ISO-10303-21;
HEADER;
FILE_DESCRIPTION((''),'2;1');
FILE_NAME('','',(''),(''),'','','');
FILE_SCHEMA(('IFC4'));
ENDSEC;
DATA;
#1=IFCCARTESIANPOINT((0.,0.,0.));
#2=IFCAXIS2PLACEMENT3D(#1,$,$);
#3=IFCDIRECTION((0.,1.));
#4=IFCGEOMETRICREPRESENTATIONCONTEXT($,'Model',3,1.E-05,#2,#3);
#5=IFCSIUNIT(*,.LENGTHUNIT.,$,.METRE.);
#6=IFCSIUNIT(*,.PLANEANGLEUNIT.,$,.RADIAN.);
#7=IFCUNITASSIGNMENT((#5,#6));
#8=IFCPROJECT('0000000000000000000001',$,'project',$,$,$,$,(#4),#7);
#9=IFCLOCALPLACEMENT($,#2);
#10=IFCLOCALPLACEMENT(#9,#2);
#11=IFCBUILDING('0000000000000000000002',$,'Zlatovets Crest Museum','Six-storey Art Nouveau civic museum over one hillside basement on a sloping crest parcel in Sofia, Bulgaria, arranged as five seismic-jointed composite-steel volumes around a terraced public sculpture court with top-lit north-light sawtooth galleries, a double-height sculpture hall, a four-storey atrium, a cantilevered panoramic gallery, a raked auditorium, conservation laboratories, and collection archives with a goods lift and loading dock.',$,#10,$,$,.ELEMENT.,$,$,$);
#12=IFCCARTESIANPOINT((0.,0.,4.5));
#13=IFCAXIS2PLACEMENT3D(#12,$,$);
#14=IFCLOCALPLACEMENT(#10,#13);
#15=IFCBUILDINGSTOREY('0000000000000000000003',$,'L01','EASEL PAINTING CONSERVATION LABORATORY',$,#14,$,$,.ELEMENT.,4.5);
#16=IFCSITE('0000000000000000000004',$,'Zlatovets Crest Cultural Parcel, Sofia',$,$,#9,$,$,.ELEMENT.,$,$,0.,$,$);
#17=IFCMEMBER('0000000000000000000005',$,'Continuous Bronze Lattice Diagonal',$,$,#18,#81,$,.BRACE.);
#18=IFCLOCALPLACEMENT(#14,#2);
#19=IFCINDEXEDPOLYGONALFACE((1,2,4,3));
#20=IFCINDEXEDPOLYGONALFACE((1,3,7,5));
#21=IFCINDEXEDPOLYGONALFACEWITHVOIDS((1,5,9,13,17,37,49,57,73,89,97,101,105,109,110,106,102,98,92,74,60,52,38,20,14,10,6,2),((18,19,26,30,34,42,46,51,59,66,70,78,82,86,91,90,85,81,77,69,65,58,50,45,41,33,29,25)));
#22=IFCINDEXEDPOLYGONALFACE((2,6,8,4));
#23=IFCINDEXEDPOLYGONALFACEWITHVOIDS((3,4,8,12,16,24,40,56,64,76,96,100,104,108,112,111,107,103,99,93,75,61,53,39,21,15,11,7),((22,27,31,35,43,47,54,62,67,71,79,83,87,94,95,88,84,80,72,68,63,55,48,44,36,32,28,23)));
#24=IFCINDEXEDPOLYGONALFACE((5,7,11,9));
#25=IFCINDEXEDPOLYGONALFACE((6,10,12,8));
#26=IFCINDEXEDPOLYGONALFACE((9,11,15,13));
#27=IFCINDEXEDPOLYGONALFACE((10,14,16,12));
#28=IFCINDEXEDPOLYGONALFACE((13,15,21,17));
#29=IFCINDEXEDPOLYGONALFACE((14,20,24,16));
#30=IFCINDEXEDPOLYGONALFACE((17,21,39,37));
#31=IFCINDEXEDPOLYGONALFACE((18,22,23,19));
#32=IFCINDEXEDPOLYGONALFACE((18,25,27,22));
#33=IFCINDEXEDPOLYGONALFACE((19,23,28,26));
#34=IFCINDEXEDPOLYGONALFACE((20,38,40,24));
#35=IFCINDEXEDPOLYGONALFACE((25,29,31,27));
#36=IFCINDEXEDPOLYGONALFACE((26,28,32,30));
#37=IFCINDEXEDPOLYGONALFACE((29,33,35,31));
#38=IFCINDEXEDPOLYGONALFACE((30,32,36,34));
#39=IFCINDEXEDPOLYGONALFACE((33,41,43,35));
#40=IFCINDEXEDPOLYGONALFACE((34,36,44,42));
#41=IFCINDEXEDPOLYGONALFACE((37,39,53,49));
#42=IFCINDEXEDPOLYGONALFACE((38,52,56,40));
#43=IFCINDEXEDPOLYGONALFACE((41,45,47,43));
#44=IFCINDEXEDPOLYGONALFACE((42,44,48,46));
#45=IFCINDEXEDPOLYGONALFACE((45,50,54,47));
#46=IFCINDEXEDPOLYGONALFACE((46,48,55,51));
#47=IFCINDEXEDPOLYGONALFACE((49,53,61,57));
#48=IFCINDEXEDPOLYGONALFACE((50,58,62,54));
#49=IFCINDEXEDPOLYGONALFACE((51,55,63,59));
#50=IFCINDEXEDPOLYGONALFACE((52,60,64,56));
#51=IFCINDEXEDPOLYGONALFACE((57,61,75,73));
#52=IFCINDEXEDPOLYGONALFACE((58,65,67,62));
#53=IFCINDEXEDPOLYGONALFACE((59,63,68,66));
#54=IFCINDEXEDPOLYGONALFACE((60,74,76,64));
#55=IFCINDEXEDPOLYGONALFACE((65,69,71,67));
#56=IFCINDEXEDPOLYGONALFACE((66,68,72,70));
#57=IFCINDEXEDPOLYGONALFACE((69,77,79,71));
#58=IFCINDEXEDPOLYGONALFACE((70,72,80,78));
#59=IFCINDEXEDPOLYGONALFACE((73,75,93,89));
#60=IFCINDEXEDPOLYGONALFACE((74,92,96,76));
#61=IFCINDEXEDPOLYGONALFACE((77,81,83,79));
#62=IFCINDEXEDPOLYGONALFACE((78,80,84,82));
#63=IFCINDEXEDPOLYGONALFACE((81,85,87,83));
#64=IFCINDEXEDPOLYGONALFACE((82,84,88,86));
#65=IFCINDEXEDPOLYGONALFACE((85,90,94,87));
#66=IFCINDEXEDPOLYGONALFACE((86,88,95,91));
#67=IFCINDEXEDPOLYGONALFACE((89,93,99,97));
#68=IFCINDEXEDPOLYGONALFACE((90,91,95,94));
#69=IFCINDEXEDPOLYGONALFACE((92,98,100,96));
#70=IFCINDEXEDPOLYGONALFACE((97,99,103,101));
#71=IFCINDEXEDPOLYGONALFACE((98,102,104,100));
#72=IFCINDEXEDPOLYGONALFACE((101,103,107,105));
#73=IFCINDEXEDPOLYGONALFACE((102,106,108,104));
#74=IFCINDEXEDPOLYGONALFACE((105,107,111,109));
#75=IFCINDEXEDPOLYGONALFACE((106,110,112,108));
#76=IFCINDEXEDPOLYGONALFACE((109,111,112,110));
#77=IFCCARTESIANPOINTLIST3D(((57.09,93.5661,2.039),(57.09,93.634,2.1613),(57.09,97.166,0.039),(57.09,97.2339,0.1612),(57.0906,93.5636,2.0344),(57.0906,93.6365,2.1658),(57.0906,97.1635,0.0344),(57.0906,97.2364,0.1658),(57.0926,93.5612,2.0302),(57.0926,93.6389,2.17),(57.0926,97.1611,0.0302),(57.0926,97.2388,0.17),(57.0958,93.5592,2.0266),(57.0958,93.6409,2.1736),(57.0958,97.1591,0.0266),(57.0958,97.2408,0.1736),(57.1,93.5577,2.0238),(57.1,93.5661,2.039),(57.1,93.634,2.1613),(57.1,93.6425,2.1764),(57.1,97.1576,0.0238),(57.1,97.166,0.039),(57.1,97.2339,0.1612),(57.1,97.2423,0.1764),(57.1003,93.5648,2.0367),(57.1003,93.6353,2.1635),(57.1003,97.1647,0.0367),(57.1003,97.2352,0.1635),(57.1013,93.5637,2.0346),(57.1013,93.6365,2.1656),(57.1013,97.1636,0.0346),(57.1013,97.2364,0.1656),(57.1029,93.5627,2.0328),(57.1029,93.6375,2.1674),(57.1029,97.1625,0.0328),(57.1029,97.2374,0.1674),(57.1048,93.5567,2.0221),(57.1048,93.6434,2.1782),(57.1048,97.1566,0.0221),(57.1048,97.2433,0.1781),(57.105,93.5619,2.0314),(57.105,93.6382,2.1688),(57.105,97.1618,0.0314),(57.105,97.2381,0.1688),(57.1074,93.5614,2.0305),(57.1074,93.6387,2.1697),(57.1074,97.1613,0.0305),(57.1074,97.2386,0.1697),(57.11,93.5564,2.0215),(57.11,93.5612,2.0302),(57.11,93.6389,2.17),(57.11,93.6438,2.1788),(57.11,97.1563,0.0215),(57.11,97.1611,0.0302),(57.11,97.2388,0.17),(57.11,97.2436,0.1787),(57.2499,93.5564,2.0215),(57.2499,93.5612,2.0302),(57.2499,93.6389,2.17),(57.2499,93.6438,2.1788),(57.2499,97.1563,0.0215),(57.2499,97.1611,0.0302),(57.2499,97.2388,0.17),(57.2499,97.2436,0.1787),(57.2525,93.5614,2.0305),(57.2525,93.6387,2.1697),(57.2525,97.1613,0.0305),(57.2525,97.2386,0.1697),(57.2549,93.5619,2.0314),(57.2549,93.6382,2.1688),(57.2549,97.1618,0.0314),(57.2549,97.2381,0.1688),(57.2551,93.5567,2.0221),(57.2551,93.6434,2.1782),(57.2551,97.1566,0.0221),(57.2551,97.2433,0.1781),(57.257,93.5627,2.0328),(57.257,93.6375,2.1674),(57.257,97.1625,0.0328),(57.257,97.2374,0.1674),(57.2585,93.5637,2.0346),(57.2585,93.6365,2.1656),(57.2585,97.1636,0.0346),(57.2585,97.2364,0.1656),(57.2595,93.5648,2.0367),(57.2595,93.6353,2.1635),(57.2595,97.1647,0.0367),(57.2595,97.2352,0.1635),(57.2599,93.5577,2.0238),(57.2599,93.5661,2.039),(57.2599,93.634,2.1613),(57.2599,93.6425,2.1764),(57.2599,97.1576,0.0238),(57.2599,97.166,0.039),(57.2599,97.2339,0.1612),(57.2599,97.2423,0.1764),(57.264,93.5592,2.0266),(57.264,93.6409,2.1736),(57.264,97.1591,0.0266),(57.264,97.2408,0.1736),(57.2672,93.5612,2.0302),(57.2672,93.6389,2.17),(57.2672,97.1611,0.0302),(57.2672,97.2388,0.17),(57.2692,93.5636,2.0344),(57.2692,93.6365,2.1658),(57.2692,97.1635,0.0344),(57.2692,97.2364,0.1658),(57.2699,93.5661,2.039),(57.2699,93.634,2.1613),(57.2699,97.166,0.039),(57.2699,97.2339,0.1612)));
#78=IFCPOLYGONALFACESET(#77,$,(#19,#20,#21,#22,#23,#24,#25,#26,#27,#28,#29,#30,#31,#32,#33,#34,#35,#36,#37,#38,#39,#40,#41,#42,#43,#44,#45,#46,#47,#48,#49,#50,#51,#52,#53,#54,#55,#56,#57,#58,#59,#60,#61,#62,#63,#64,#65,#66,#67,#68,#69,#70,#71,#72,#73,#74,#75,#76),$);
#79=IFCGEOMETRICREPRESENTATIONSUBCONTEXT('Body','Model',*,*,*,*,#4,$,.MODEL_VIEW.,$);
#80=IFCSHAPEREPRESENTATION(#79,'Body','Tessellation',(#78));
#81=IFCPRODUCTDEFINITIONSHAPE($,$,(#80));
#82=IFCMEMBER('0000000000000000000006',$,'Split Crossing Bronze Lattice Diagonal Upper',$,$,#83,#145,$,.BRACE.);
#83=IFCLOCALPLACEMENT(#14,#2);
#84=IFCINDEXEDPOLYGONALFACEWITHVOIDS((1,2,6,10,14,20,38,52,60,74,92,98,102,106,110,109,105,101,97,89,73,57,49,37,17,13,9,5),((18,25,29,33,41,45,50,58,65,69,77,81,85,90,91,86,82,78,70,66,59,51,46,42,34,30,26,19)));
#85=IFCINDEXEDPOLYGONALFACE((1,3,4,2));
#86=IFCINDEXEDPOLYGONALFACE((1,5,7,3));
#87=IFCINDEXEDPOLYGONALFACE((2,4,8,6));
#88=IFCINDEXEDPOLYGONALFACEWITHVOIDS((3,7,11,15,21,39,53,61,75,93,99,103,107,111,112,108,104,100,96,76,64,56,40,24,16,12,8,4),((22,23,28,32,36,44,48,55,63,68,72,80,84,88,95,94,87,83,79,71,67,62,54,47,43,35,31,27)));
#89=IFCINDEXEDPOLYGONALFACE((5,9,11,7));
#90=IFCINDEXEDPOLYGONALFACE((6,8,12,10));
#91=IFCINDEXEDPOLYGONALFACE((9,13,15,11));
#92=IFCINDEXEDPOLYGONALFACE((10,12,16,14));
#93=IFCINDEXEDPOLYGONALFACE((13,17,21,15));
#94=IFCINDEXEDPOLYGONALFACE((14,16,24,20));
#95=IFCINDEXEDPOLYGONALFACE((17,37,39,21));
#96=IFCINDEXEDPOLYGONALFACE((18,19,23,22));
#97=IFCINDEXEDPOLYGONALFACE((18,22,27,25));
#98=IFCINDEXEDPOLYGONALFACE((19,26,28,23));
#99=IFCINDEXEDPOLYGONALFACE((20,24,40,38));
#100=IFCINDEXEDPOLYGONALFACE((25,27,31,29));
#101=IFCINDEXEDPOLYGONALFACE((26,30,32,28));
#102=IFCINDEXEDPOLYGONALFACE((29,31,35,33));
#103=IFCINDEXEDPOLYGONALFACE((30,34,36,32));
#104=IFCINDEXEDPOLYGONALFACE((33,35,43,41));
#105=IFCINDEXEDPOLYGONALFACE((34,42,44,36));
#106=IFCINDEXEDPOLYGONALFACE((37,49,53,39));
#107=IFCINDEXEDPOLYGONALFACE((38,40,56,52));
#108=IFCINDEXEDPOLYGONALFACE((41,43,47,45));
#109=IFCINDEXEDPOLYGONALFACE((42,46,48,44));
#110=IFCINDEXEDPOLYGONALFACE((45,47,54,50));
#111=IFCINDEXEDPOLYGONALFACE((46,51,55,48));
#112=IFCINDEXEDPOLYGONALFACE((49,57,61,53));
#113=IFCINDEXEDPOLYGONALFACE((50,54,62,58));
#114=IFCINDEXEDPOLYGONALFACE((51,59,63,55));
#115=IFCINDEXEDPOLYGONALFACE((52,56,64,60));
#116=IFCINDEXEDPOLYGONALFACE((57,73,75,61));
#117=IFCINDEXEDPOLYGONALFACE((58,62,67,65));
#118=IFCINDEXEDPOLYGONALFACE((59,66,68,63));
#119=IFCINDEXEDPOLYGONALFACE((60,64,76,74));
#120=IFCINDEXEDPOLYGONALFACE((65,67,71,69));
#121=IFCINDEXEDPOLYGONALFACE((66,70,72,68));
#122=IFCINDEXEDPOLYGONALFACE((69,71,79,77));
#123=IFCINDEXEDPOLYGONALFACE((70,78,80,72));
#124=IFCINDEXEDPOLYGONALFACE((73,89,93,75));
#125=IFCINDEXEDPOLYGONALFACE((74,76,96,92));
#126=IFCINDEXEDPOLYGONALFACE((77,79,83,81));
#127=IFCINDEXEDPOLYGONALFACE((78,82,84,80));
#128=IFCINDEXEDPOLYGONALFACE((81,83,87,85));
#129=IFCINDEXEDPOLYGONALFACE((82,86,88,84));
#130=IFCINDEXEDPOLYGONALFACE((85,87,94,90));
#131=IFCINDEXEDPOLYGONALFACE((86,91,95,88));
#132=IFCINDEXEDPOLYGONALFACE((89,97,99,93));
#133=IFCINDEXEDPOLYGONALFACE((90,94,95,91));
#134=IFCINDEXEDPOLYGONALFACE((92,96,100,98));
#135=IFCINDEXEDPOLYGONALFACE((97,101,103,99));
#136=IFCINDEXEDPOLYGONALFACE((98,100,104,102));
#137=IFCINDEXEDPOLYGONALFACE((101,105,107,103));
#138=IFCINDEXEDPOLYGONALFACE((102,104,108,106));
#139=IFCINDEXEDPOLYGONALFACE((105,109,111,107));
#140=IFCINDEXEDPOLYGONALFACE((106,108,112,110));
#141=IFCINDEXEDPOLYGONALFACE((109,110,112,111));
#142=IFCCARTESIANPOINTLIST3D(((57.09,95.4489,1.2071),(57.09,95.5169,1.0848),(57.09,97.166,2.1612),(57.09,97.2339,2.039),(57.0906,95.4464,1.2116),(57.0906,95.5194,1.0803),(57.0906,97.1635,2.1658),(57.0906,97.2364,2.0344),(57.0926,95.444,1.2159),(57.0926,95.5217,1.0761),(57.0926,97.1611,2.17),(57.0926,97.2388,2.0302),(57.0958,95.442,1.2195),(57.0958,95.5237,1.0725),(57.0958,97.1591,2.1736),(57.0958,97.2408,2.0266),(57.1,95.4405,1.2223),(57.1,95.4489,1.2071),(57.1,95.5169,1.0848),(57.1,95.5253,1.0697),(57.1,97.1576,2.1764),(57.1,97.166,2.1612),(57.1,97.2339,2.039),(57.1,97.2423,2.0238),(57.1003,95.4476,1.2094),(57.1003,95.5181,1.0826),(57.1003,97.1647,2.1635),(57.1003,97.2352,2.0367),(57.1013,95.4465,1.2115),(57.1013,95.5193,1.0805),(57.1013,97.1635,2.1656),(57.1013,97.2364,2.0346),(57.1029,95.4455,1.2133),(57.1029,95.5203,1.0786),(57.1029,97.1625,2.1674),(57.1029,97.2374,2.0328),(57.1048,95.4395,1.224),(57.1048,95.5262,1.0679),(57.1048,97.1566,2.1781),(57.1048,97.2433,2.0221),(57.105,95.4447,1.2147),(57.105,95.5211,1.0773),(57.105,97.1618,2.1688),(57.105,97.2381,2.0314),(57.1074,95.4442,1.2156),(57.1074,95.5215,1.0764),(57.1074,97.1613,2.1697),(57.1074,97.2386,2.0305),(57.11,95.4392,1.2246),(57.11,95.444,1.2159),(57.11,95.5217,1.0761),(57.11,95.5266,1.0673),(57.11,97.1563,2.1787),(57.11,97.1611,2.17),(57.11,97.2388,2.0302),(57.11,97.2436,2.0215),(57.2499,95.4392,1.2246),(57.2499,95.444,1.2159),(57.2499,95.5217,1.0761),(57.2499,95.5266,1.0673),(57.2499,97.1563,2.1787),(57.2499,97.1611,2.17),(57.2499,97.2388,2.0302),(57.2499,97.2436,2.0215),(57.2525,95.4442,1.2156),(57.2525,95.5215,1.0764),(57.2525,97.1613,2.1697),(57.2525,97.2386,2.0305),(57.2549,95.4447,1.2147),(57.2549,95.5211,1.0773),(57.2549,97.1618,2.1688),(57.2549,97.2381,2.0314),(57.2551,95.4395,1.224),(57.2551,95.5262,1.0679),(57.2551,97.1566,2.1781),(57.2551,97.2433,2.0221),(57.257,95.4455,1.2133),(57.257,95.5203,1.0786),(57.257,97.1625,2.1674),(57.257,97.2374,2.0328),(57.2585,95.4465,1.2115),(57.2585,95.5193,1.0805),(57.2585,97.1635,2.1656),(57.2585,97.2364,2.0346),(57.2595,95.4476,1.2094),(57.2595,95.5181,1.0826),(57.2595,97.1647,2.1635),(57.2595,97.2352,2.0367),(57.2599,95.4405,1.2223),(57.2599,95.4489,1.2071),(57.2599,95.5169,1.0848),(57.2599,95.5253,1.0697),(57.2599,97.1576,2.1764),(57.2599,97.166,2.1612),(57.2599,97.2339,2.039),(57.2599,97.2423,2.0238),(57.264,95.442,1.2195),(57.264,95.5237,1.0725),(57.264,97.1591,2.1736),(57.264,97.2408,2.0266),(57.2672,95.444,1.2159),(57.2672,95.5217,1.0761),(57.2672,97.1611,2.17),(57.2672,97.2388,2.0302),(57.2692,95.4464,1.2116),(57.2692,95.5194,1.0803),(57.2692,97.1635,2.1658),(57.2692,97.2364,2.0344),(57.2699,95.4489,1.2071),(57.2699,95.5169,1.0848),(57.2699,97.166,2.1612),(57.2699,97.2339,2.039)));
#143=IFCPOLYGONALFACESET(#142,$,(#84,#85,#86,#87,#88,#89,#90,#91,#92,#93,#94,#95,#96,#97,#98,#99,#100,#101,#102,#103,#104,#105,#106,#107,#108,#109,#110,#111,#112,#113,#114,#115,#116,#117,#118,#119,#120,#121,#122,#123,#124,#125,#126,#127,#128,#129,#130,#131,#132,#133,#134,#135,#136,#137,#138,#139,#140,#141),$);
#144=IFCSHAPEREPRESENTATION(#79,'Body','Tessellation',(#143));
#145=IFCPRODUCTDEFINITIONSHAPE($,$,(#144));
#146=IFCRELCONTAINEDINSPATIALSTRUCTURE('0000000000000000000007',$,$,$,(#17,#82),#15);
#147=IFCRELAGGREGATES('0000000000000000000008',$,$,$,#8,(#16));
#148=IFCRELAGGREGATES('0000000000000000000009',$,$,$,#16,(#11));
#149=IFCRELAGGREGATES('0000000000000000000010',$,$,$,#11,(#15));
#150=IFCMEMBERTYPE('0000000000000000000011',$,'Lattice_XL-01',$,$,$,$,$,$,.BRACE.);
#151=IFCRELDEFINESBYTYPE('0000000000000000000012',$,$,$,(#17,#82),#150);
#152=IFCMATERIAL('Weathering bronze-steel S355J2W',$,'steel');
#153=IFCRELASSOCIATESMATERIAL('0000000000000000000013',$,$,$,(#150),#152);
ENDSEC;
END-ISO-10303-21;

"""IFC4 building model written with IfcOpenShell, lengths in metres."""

from ifc_helpers import new_model, si_unit, direction, frame, origin, origin_2d, place, context, subcontext, project, spatial, hollow_rectangle, extrude, material, material_profile, profile_set, type_object, element, save


model = new_model("IFC4")

# Units and contexts
model_context = context("Model", 3, precision=1e-05, world=origin(), true_north=direction((0.0, 1.0)))
body_context = subcontext(model_context, "Body", "Model", "MODEL_VIEW")
ifc_project = project(units=[si_unit("LENGTHUNIT", "METRE"), si_unit("PLANEANGLEUNIT", "RADIAN")], contexts=[model_context])

# Site, building, storey
site_placement = place(None, origin())
site = spatial("IfcSite", under=ifc_project, at=site_placement, Name="Zlatovets Crest Cultural Parcel, Sofia", CompositionType="ELEMENT", RefElevation=0.0)
building_placement = place(site_placement, origin())
building = spatial("IfcBuilding", under=site, at=building_placement, Name="Zlatovets Crest Museum", Description="Six-storey Art Nouveau civic museum over one hillside basement on a sloping crest parcel in Sofia, Bulgaria, arranged as five seismic-jointed composite-steel volumes around a terraced public sculpture court with top-lit north-light sawtooth galleries, a double-height sculpture hall, a four-storey atrium, a cantilevered panoramic gallery, a raked auditorium, conservation laboratories, and collection archives with a goods lift and loading dock.", CompositionType="ELEMENT")
storey_placement = place(building_placement, frame((0.0, 0.0, 4.5)))
storey = spatial("IfcBuildingStorey", under=building, at=storey_placement, Name="L01", Description="EASEL PAINTING CONSERVATION LABORATORY", CompositionType="ELEMENT", Elevation=4.5)

# Members
ifc_material_1 = material(Name="Weathering bronze-steel S355J2W", Category="steel")
ifc_material_profile_1 = material_profile(ifc_material_1, hollow_rectangle(XDim=0.1799, YDim=0.1799, WallThickness=0.01, InnerFilletRadius=0.01, OuterFilletRadius=0.02, at=origin_2d()), Name="SHS 180x180x10.0")
ifc_profile_set_1 = profile_set([ifc_material_profile_1], Name="Weathering bronze-steel S355J2W")
member_type_1 = type_object("IfcMemberType", Name="Lattice_XL-01", PredefinedType="BRACE", material=ifc_profile_set_1)
member_1_placement = place(storey_placement, frame((57.1799, 97.2, 0.1001), z_axis=(0.0, -0.874149, 0.485658), x_axis=(1.0, 0.0, 0.0)))
element("IfcMember", 1, at=member_1_placement, inside=storey, type_object=member_type_1, Name="Continuous Bronze Lattice Diagonal", PredefinedType="BRACE", context=body_context, shape_type="SweptSolid", body=[
    extrude(hollow_rectangle(XDim=0.1799, YDim=0.1799, WallThickness=0.01, InnerFilletRadius=0.01, OuterFilletRadius=0.02, at=origin_2d()), origin(), (0.0, 0.0, 1.0), 4.1182),
])
member_2_placement = place(storey_placement, frame((57.1799, 97.2, 2.1001), z_axis=(0.0, -0.874116, -0.485717), x_axis=(1.0, 0.0, 0.0)))
element("IfcMember", 2, at=member_2_placement, inside=storey, type_object=member_type_1, Name="Split Crossing Bronze Lattice Diagonal Upper", PredefinedType="BRACE", context=body_context, shape_type="SweptSolid", body=[
    extrude(hollow_rectangle(XDim=0.1799, YDim=0.1799, WallThickness=0.01, InnerFilletRadius=0.01, OuterFilletRadius=0.02, at=origin_2d()), origin(), (0.0, 0.0, 1.0), 1.9644),
])

save(model, "model.ifc")
